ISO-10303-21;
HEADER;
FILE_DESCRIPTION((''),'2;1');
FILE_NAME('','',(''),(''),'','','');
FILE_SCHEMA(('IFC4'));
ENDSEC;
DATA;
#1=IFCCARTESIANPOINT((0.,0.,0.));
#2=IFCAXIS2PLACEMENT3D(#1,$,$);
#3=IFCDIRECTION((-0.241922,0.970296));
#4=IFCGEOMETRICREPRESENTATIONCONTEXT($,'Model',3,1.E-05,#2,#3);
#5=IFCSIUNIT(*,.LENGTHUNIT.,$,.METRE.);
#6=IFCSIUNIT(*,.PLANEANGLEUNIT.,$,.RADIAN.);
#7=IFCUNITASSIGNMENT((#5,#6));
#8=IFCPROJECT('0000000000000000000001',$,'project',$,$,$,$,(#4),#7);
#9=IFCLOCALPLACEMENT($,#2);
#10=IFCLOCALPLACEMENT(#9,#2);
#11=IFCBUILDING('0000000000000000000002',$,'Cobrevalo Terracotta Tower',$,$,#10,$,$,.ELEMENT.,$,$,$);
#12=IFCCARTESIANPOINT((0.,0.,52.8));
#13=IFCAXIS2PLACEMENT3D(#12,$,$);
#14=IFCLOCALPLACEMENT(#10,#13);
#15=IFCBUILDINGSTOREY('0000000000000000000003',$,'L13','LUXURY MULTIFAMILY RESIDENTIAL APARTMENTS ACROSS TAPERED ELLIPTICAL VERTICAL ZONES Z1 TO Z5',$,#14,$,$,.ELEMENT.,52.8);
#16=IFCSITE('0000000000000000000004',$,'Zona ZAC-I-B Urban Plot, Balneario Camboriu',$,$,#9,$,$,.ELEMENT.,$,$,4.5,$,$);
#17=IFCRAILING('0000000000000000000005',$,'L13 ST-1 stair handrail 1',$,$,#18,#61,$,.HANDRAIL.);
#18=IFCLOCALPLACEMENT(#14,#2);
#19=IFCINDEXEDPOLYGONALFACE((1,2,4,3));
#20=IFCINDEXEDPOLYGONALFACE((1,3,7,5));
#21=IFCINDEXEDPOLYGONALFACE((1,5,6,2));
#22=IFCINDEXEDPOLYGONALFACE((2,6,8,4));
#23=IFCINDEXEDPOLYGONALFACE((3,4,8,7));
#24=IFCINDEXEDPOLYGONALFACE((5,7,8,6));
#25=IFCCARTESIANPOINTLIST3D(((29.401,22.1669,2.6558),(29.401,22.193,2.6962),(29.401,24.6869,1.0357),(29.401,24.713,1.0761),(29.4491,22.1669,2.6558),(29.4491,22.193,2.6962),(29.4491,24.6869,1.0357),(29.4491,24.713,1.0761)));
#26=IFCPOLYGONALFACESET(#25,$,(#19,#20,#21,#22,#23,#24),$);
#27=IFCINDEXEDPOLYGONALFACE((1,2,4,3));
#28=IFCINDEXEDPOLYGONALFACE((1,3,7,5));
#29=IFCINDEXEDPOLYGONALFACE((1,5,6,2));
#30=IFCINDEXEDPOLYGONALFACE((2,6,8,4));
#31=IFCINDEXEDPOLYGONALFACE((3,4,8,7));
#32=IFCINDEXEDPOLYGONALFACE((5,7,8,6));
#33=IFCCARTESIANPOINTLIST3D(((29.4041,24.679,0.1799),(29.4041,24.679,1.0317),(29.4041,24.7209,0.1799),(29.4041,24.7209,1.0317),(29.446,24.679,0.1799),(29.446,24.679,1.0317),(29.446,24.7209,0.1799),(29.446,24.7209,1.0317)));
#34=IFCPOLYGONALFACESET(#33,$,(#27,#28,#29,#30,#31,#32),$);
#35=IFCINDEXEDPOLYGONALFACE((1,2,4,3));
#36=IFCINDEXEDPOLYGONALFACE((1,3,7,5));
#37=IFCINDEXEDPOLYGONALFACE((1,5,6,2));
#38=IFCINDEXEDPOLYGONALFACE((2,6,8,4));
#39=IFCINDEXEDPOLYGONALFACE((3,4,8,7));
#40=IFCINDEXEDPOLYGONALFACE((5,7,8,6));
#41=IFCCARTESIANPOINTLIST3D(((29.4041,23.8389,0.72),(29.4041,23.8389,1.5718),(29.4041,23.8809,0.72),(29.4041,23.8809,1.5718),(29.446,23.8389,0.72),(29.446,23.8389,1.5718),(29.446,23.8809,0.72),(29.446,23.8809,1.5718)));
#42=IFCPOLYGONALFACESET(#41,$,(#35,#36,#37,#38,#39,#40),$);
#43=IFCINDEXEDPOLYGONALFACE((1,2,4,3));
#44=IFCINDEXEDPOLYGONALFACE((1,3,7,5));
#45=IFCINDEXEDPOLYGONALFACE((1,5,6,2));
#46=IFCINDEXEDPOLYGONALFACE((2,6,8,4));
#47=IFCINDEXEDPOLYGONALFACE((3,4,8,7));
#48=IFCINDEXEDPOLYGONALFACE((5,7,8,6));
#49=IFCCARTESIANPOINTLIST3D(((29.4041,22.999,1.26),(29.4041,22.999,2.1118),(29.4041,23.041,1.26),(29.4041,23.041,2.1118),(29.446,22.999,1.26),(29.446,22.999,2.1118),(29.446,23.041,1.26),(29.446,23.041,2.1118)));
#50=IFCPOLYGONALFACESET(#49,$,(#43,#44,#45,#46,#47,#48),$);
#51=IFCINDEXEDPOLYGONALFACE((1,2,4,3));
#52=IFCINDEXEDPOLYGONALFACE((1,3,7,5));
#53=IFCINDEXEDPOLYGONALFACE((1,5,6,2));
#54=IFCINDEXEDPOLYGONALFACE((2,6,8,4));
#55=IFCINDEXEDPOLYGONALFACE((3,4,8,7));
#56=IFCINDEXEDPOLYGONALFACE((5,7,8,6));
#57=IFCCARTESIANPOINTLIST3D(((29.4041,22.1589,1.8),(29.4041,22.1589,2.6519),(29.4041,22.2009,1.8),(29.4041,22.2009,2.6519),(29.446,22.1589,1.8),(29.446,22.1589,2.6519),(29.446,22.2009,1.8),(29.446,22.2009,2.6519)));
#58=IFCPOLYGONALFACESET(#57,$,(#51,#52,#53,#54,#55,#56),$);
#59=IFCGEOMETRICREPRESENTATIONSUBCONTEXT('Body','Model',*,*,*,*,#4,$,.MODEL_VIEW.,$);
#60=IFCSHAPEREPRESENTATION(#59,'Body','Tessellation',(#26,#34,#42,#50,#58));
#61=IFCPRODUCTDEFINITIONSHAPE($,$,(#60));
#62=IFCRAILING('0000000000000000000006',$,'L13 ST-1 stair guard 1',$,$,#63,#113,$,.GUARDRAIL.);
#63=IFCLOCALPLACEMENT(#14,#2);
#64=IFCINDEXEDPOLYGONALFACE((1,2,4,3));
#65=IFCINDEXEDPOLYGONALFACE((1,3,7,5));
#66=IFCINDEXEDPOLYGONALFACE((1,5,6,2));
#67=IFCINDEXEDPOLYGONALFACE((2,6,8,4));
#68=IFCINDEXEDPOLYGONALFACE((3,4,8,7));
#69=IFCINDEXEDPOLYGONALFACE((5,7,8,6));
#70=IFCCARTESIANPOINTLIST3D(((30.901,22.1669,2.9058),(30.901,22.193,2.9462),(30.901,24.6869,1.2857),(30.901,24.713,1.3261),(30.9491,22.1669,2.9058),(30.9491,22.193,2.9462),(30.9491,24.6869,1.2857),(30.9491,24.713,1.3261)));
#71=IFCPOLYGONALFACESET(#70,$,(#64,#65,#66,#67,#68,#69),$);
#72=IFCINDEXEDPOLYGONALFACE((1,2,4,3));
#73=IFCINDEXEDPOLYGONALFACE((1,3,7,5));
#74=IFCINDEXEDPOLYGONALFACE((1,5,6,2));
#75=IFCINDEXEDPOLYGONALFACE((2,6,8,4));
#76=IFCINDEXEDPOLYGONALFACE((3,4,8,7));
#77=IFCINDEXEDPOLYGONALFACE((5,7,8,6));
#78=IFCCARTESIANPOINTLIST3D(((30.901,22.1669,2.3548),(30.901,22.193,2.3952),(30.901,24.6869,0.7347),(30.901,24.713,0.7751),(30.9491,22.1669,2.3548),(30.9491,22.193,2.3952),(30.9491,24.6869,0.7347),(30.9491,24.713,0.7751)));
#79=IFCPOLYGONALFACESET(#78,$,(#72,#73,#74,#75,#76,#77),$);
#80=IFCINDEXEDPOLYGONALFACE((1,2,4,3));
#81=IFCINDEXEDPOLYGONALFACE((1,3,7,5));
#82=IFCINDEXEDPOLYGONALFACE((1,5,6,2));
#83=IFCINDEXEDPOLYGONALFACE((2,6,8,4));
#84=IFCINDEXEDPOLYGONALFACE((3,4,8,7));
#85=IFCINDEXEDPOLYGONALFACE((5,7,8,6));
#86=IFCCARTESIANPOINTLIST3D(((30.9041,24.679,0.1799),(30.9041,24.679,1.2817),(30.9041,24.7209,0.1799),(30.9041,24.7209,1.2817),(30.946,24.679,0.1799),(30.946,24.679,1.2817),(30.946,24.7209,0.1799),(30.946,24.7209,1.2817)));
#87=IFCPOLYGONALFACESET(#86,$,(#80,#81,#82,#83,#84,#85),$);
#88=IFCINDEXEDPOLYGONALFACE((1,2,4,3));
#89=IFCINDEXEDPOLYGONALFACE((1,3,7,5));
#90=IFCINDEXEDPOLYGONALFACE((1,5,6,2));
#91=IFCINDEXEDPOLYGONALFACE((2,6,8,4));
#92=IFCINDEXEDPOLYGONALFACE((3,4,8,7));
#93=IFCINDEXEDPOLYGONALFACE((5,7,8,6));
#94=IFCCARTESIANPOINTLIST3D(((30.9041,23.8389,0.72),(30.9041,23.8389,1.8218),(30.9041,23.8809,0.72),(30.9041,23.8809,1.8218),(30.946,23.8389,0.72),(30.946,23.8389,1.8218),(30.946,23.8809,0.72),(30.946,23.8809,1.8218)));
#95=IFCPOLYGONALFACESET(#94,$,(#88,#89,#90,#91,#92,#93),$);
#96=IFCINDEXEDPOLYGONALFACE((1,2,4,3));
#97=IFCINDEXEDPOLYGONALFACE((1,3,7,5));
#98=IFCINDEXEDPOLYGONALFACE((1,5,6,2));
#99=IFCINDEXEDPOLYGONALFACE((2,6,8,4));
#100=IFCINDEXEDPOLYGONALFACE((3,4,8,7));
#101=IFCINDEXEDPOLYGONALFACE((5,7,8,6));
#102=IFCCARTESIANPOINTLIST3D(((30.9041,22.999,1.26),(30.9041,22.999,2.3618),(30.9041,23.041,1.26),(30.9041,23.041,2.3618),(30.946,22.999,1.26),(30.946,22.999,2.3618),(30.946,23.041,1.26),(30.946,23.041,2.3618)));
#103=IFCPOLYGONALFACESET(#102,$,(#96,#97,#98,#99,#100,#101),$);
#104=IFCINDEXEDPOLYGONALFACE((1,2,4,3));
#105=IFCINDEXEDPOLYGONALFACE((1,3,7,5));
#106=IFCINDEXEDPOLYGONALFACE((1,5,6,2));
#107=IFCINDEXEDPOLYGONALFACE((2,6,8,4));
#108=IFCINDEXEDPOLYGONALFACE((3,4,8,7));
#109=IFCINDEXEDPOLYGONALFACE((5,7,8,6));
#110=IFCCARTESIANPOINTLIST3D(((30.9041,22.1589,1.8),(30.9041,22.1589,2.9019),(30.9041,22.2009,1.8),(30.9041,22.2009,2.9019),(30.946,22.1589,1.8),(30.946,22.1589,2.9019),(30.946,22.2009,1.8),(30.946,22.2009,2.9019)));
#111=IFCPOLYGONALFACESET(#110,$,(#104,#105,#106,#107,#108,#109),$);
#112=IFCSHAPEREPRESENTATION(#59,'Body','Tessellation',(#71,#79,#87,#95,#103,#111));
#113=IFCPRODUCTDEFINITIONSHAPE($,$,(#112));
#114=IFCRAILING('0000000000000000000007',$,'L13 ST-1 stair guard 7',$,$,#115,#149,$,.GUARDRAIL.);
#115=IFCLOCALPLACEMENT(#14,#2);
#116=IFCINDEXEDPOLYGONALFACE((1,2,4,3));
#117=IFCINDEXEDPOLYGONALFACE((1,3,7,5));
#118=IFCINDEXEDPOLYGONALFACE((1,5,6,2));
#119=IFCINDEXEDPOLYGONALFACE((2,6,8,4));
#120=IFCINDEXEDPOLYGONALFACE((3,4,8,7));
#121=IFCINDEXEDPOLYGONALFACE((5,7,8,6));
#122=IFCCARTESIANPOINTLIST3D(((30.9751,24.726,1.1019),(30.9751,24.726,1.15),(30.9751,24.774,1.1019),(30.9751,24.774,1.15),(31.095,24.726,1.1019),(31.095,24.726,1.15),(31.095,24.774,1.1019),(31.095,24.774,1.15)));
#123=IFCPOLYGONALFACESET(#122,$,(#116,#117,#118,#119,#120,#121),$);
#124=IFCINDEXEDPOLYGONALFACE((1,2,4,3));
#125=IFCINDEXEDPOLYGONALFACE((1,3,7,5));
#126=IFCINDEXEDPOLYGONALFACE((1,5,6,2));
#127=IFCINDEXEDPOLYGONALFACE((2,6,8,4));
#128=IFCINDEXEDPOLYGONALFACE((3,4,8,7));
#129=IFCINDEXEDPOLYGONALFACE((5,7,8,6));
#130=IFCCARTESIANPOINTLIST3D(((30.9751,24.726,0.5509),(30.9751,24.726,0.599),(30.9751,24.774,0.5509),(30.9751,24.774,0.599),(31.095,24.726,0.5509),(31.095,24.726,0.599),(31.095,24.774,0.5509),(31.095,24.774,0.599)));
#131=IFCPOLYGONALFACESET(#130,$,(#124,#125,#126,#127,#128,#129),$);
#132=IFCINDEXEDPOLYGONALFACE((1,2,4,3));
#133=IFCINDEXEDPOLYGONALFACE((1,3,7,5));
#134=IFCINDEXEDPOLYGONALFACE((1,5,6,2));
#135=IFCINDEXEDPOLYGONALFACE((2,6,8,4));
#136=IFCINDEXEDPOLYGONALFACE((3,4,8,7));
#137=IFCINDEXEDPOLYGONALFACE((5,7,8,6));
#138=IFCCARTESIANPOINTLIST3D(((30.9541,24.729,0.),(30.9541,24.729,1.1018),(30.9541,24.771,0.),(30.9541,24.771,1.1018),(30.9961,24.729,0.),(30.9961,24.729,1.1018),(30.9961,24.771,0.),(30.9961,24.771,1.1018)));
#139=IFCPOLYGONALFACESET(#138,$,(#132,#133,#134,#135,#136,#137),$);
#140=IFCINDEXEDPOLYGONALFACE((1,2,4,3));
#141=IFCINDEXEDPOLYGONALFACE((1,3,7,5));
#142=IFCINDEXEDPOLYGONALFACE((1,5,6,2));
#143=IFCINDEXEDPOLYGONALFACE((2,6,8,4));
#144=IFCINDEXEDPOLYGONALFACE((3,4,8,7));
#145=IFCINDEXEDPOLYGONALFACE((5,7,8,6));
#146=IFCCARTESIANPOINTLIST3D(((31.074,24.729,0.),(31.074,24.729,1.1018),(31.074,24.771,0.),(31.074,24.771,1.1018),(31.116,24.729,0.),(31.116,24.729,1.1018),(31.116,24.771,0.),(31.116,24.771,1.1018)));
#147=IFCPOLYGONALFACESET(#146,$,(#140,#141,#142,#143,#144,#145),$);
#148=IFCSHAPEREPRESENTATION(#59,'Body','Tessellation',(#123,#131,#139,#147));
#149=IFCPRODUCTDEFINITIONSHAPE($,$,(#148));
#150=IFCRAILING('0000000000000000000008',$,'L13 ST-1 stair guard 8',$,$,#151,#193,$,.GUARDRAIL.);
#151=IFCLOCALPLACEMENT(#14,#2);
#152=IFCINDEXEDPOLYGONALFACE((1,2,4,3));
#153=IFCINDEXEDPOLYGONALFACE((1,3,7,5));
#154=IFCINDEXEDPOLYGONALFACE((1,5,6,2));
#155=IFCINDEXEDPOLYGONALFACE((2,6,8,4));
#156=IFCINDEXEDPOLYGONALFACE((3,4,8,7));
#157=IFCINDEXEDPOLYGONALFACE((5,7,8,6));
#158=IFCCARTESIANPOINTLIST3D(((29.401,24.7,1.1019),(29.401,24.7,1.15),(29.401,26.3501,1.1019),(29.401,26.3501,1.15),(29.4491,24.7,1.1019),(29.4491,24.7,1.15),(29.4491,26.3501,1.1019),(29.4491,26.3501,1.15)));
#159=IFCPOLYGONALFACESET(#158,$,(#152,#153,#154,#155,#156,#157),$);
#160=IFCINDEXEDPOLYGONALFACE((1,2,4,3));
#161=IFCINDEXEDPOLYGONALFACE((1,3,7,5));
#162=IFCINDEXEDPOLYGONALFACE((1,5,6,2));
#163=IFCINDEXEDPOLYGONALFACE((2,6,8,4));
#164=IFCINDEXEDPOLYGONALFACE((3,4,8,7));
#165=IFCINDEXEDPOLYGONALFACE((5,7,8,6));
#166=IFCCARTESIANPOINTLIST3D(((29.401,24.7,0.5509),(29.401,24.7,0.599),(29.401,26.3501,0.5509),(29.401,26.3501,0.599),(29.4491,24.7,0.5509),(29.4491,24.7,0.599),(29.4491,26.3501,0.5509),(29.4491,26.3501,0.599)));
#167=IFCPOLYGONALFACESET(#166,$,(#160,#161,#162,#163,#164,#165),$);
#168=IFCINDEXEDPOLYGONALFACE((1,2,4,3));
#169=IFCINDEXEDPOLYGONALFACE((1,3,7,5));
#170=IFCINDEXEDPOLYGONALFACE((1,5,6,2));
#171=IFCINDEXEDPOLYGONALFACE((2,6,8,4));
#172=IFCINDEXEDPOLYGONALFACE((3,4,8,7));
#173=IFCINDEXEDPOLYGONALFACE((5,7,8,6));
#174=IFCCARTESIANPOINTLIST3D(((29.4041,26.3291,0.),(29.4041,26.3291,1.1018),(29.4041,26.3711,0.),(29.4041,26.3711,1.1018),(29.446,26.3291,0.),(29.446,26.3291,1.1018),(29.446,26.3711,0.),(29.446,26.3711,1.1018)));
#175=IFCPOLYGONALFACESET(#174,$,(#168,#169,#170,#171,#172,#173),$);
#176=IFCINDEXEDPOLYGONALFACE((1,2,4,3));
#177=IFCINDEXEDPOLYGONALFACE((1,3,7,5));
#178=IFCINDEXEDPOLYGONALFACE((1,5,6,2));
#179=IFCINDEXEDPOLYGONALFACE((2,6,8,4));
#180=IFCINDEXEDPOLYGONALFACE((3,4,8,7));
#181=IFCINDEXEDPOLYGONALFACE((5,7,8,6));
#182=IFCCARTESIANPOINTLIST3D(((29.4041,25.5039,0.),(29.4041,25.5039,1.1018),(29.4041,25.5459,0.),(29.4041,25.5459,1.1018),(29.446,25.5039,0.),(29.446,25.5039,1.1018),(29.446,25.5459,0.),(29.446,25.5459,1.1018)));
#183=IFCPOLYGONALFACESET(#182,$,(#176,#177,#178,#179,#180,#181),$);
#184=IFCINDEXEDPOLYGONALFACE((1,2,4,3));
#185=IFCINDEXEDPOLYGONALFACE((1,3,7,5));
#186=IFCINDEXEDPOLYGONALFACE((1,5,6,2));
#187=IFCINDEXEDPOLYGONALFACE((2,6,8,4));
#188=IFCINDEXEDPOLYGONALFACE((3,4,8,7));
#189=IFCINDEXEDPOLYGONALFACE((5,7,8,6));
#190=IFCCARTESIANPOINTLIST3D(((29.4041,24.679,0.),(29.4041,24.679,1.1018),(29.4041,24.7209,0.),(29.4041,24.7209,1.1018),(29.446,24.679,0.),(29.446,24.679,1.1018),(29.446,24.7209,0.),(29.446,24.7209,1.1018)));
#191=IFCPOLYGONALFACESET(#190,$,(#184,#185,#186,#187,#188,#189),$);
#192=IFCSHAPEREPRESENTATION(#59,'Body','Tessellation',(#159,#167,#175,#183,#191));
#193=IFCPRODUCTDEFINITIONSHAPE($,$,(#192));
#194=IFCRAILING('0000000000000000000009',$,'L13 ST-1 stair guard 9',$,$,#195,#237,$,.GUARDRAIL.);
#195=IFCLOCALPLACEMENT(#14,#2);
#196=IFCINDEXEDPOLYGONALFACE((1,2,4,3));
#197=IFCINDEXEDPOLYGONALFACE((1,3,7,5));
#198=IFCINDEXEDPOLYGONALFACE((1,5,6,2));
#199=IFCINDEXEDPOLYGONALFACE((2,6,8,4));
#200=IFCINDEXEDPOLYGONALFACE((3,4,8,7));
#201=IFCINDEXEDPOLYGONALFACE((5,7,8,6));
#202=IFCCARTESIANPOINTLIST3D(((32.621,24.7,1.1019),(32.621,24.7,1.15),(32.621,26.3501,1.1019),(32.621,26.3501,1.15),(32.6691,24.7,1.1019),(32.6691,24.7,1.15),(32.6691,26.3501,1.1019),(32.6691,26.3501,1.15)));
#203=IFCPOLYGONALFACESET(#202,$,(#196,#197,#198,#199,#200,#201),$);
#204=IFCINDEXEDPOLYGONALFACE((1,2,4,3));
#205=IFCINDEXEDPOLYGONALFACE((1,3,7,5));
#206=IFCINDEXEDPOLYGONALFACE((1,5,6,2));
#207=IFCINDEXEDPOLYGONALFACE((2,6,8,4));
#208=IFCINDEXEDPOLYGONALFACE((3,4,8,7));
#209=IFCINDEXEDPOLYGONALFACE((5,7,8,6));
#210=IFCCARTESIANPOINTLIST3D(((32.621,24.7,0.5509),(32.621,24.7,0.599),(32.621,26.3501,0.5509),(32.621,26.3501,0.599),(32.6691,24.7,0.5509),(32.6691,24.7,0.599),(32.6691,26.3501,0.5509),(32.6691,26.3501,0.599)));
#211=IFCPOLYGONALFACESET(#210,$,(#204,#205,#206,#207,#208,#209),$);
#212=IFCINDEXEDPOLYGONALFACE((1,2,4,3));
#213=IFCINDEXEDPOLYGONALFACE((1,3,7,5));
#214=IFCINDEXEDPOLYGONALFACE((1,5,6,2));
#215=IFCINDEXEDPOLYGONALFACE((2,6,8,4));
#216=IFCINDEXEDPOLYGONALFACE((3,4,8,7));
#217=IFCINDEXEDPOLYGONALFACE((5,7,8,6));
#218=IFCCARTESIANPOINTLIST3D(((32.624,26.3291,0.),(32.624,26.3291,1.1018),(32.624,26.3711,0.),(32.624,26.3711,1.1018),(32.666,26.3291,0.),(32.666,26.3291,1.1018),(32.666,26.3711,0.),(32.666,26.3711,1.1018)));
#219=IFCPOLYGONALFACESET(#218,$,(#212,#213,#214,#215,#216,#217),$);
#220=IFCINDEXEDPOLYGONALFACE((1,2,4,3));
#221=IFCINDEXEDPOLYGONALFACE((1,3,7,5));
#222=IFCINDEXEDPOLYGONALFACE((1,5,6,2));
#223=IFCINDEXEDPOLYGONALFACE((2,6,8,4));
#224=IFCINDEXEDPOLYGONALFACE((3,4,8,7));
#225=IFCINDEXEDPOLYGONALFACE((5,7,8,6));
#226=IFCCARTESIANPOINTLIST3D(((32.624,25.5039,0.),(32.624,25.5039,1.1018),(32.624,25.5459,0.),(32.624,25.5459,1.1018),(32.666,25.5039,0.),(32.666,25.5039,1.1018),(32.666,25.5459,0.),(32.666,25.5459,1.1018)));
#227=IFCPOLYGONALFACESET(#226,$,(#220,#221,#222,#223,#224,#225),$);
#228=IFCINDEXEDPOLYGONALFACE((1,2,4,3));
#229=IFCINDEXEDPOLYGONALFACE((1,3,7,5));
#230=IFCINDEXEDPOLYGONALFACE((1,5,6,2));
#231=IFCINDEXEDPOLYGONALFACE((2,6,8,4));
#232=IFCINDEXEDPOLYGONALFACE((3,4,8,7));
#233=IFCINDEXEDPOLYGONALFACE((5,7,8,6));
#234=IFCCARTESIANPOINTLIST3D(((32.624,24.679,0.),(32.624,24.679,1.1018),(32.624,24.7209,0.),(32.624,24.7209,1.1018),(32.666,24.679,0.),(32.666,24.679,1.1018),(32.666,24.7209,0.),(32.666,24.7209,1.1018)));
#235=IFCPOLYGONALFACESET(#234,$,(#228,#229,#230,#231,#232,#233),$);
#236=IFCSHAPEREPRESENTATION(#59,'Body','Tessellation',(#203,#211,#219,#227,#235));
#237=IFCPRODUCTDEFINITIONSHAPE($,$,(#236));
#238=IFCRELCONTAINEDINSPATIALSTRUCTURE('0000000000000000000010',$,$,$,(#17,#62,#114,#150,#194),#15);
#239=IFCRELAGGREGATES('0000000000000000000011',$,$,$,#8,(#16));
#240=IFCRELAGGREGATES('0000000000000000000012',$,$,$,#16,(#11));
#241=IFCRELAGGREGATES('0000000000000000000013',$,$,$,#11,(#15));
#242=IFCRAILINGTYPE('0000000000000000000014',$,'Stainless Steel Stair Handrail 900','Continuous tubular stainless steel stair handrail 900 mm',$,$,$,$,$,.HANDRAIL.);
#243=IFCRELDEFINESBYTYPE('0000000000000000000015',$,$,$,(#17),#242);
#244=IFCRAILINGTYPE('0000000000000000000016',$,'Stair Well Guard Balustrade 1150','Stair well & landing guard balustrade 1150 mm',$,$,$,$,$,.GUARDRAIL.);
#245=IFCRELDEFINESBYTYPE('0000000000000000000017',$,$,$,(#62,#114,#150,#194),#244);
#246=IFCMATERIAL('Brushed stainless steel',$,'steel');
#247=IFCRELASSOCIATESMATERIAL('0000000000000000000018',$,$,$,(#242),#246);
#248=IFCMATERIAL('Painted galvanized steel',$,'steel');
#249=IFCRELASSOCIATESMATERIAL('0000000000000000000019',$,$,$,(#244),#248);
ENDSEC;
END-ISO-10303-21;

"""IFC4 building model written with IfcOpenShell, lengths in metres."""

from ifc_helpers import new_model, si_unit, direction, frame, origin, origin_2d, place, context, subcontext, project, spatial, rectangle, extrude, material, type_object, element, save


model = new_model("IFC4")

# Units and contexts
model_context = context("Model", 3, precision=1e-05, world=origin(), true_north=direction((-0.241922, 0.970296)))
body_context = subcontext(model_context, "Body", "Model", "MODEL_VIEW")
ifc_project = project(units=[si_unit("LENGTHUNIT", "METRE"), si_unit("PLANEANGLEUNIT", "RADIAN")], contexts=[model_context])

# Site, building, storey
site_placement = place(None, origin())
site = spatial("IfcSite", under=ifc_project, at=site_placement, Name="Zona ZAC-I-B Urban Plot, Balneario Camboriu", CompositionType="ELEMENT", RefElevation=4.5)
building_placement = place(site_placement, origin())
building = spatial("IfcBuilding", under=site, at=building_placement, Name="Cobrevalo Terracotta Tower", CompositionType="ELEMENT")
storey_placement = place(building_placement, frame((0.0, 0.0, 52.8)))
storey = spatial("IfcBuildingStorey", under=building, at=storey_placement, Name="L13", Description="LUXURY MULTIFAMILY RESIDENTIAL APARTMENTS ACROSS TAPERED ELLIPTICAL VERTICAL ZONES Z1 TO Z5", CompositionType="ELEMENT", Elevation=52.8)

# Shared definitions
ifc_material_1 = material(Name="Brushed stainless steel", Category="steel")

# Railings
railing_type_1 = type_object("IfcRailingType", Name="Stainless Steel Stair Handrail 900", Description="Continuous tubular stainless steel stair handrail 900 mm", PredefinedType="HANDRAIL", material=ifc_material_1)
railing_1_placement = place(storey_placement, frame((29.425, 24.7, 0.1799)))
element("IfcRailing", 1, at=railing_1_placement, inside=storey, type_object=railing_type_1, Name="L13 ST-1 stair handrail 1", PredefinedType="HANDRAIL", context=body_context, shape_type="SweptSolid", body=[
    extrude(rectangle(XDim=0.0481, YDim=0.0481, at=origin_2d()), frame((0.0, 0.0, 0.876), z_axis=(0.0, -0.841163, 0.540782), x_axis=(1.0, 0.0, 0.0)), (0.0, 0.0, 1.0), 2.9958),
    extrude(rectangle(XDim=0.042, YDim=0.042, at=origin_2d()), origin(), (0.0, 0.0, 1.0), 0.8518),
    extrude(rectangle(XDim=0.042, YDim=0.042, at=origin_2d()), frame((0.0, -0.8401, 0.54)), (0.0, 0.0, 1.0), 0.8518),
    extrude(rectangle(XDim=0.042, YDim=0.042, at=origin_2d()), frame((0.0, -1.6799, 1.0801)), (0.0, 0.0, 1.0), 0.8518),
    extrude(rectangle(XDim=0.042, YDim=0.042, at=origin_2d()), frame((0.0, -2.52, 1.6201)), (0.0, 0.0, 1.0), 0.8518),
])
ifc_material_2 = material(Name="Painted galvanized steel", Category="steel")
railing_type_2 = type_object("IfcRailingType", Name="Stair Well Guard Balustrade 1150", Description="Stair well & landing guard balustrade 1150 mm", PredefinedType="GUARDRAIL", material=ifc_material_2)
railing_2_placement = place(storey_placement, frame((30.925, 24.7, 0.1799)))
element("IfcRailing", 2, at=railing_2_placement, inside=storey, type_object=railing_type_2, Name="L13 ST-1 stair guard 1", PredefinedType="GUARDRAIL", context=body_context, shape_type="SweptSolid", body=[
    extrude(rectangle(XDim=0.0481, YDim=0.0481, at=origin_2d()), frame((0.0, 0.0, 1.126), z_axis=(0.0, -0.841163, 0.540782), x_axis=(1.0, 0.0, 0.0)), (0.0, 0.0, 1.0), 2.9958),
    extrude(rectangle(XDim=0.0481, YDim=0.0481, at=origin_2d()), frame((0.0, 0.0, 0.575), z_axis=(0.0, -0.841163, 0.540782), x_axis=(1.0, 0.0, 0.0)), (0.0, 0.0, 1.0), 2.9958),
    extrude(rectangle(XDim=0.042, YDim=0.042, at=origin_2d()), origin(), (0.0, 0.0, 1.0), 1.1018),
    extrude(rectangle(XDim=0.042, YDim=0.042, at=origin_2d()), frame((0.0, -0.8401, 0.54)), (0.0, 0.0, 1.0), 1.1018),
    extrude(rectangle(XDim=0.042, YDim=0.042, at=origin_2d()), frame((0.0, -1.6799, 1.0801)), (0.0, 0.0, 1.0), 1.1018),
    extrude(rectangle(XDim=0.042, YDim=0.042, at=origin_2d()), frame((0.0, -2.52, 1.6201)), (0.0, 0.0, 1.0), 1.1018),
])
railing_3_placement = place(storey_placement, frame((30.9751, 24.75, 0.0)))
element("IfcRailing", 3, at=railing_3_placement, inside=storey, type_object=railing_type_2, Name="L13 ST-1 stair guard 7", PredefinedType="GUARDRAIL", context=body_context, shape_type="SweptSolid", body=[
    extrude(rectangle(XDim=0.0481, YDim=0.0481, at=origin_2d()), frame((0.0, 0.0, 1.126), z_axis=(1.0, 0.0, 0.0), x_axis=(0.0, 1.0, 0.0)), (0.0, 0.0, 1.0), 0.1199),
    extrude(rectangle(XDim=0.0481, YDim=0.0481, at=origin_2d()), frame((0.0, 0.0, 0.575), z_axis=(1.0, 0.0, 0.0), x_axis=(0.0, 1.0, 0.0)), (0.0, 0.0, 1.0), 0.1199),
    extrude(rectangle(XDim=0.042, YDim=0.042, at=origin_2d()), origin(), (0.0, 0.0, 1.0), 1.1018),
    extrude(rectangle(XDim=0.042, YDim=0.042, at=origin_2d()), frame((0.1199, 0.0, 0.0)), (0.0, 0.0, 1.0), 1.1018),
])
for number, where, name in (
    (4, (29.425, 26.3501, 0.0), "L13 ST-1 stair guard 8"),
    (5, (32.645, 26.3501, 0.0), "L13 ST-1 stair guard 9"),
):
    element("IfcRailing", number, at=place(storey_placement, frame(where)), inside=storey, type_object=railing_type_2, Name=name, PredefinedType="GUARDRAIL", context=body_context, shape_type="SweptSolid", body=[
        extrude(rectangle(XDim=0.0481, YDim=0.0481, at=origin_2d()), frame((0.0, 0.0, 1.126), z_axis=(0.0, -1.0, 0.0), x_axis=(1.0, 0.0, 0.0)), (0.0, 0.0, 1.0), 1.6501),
        extrude(rectangle(XDim=0.0481, YDim=0.0481, at=origin_2d()), frame((0.0, 0.0, 0.575), z_axis=(0.0, -1.0, 0.0), x_axis=(1.0, 0.0, 0.0)), (0.0, 0.0, 1.0), 1.6501),
        extrude(rectangle(XDim=0.042, YDim=0.042, at=origin_2d()), origin(), (0.0, 0.0, 1.0), 1.1018),
        extrude(rectangle(XDim=0.042, YDim=0.042, at=origin_2d()), frame((0.0, -0.8252, 0.0)), (0.0, 0.0, 1.0), 1.1018),
        extrude(rectangle(XDim=0.042, YDim=0.042, at=origin_2d()), frame((0.0, -1.6501, 0.0)), (0.0, 0.0, 1.0), 1.1018),
    ])

save(model, "model.ifc")
